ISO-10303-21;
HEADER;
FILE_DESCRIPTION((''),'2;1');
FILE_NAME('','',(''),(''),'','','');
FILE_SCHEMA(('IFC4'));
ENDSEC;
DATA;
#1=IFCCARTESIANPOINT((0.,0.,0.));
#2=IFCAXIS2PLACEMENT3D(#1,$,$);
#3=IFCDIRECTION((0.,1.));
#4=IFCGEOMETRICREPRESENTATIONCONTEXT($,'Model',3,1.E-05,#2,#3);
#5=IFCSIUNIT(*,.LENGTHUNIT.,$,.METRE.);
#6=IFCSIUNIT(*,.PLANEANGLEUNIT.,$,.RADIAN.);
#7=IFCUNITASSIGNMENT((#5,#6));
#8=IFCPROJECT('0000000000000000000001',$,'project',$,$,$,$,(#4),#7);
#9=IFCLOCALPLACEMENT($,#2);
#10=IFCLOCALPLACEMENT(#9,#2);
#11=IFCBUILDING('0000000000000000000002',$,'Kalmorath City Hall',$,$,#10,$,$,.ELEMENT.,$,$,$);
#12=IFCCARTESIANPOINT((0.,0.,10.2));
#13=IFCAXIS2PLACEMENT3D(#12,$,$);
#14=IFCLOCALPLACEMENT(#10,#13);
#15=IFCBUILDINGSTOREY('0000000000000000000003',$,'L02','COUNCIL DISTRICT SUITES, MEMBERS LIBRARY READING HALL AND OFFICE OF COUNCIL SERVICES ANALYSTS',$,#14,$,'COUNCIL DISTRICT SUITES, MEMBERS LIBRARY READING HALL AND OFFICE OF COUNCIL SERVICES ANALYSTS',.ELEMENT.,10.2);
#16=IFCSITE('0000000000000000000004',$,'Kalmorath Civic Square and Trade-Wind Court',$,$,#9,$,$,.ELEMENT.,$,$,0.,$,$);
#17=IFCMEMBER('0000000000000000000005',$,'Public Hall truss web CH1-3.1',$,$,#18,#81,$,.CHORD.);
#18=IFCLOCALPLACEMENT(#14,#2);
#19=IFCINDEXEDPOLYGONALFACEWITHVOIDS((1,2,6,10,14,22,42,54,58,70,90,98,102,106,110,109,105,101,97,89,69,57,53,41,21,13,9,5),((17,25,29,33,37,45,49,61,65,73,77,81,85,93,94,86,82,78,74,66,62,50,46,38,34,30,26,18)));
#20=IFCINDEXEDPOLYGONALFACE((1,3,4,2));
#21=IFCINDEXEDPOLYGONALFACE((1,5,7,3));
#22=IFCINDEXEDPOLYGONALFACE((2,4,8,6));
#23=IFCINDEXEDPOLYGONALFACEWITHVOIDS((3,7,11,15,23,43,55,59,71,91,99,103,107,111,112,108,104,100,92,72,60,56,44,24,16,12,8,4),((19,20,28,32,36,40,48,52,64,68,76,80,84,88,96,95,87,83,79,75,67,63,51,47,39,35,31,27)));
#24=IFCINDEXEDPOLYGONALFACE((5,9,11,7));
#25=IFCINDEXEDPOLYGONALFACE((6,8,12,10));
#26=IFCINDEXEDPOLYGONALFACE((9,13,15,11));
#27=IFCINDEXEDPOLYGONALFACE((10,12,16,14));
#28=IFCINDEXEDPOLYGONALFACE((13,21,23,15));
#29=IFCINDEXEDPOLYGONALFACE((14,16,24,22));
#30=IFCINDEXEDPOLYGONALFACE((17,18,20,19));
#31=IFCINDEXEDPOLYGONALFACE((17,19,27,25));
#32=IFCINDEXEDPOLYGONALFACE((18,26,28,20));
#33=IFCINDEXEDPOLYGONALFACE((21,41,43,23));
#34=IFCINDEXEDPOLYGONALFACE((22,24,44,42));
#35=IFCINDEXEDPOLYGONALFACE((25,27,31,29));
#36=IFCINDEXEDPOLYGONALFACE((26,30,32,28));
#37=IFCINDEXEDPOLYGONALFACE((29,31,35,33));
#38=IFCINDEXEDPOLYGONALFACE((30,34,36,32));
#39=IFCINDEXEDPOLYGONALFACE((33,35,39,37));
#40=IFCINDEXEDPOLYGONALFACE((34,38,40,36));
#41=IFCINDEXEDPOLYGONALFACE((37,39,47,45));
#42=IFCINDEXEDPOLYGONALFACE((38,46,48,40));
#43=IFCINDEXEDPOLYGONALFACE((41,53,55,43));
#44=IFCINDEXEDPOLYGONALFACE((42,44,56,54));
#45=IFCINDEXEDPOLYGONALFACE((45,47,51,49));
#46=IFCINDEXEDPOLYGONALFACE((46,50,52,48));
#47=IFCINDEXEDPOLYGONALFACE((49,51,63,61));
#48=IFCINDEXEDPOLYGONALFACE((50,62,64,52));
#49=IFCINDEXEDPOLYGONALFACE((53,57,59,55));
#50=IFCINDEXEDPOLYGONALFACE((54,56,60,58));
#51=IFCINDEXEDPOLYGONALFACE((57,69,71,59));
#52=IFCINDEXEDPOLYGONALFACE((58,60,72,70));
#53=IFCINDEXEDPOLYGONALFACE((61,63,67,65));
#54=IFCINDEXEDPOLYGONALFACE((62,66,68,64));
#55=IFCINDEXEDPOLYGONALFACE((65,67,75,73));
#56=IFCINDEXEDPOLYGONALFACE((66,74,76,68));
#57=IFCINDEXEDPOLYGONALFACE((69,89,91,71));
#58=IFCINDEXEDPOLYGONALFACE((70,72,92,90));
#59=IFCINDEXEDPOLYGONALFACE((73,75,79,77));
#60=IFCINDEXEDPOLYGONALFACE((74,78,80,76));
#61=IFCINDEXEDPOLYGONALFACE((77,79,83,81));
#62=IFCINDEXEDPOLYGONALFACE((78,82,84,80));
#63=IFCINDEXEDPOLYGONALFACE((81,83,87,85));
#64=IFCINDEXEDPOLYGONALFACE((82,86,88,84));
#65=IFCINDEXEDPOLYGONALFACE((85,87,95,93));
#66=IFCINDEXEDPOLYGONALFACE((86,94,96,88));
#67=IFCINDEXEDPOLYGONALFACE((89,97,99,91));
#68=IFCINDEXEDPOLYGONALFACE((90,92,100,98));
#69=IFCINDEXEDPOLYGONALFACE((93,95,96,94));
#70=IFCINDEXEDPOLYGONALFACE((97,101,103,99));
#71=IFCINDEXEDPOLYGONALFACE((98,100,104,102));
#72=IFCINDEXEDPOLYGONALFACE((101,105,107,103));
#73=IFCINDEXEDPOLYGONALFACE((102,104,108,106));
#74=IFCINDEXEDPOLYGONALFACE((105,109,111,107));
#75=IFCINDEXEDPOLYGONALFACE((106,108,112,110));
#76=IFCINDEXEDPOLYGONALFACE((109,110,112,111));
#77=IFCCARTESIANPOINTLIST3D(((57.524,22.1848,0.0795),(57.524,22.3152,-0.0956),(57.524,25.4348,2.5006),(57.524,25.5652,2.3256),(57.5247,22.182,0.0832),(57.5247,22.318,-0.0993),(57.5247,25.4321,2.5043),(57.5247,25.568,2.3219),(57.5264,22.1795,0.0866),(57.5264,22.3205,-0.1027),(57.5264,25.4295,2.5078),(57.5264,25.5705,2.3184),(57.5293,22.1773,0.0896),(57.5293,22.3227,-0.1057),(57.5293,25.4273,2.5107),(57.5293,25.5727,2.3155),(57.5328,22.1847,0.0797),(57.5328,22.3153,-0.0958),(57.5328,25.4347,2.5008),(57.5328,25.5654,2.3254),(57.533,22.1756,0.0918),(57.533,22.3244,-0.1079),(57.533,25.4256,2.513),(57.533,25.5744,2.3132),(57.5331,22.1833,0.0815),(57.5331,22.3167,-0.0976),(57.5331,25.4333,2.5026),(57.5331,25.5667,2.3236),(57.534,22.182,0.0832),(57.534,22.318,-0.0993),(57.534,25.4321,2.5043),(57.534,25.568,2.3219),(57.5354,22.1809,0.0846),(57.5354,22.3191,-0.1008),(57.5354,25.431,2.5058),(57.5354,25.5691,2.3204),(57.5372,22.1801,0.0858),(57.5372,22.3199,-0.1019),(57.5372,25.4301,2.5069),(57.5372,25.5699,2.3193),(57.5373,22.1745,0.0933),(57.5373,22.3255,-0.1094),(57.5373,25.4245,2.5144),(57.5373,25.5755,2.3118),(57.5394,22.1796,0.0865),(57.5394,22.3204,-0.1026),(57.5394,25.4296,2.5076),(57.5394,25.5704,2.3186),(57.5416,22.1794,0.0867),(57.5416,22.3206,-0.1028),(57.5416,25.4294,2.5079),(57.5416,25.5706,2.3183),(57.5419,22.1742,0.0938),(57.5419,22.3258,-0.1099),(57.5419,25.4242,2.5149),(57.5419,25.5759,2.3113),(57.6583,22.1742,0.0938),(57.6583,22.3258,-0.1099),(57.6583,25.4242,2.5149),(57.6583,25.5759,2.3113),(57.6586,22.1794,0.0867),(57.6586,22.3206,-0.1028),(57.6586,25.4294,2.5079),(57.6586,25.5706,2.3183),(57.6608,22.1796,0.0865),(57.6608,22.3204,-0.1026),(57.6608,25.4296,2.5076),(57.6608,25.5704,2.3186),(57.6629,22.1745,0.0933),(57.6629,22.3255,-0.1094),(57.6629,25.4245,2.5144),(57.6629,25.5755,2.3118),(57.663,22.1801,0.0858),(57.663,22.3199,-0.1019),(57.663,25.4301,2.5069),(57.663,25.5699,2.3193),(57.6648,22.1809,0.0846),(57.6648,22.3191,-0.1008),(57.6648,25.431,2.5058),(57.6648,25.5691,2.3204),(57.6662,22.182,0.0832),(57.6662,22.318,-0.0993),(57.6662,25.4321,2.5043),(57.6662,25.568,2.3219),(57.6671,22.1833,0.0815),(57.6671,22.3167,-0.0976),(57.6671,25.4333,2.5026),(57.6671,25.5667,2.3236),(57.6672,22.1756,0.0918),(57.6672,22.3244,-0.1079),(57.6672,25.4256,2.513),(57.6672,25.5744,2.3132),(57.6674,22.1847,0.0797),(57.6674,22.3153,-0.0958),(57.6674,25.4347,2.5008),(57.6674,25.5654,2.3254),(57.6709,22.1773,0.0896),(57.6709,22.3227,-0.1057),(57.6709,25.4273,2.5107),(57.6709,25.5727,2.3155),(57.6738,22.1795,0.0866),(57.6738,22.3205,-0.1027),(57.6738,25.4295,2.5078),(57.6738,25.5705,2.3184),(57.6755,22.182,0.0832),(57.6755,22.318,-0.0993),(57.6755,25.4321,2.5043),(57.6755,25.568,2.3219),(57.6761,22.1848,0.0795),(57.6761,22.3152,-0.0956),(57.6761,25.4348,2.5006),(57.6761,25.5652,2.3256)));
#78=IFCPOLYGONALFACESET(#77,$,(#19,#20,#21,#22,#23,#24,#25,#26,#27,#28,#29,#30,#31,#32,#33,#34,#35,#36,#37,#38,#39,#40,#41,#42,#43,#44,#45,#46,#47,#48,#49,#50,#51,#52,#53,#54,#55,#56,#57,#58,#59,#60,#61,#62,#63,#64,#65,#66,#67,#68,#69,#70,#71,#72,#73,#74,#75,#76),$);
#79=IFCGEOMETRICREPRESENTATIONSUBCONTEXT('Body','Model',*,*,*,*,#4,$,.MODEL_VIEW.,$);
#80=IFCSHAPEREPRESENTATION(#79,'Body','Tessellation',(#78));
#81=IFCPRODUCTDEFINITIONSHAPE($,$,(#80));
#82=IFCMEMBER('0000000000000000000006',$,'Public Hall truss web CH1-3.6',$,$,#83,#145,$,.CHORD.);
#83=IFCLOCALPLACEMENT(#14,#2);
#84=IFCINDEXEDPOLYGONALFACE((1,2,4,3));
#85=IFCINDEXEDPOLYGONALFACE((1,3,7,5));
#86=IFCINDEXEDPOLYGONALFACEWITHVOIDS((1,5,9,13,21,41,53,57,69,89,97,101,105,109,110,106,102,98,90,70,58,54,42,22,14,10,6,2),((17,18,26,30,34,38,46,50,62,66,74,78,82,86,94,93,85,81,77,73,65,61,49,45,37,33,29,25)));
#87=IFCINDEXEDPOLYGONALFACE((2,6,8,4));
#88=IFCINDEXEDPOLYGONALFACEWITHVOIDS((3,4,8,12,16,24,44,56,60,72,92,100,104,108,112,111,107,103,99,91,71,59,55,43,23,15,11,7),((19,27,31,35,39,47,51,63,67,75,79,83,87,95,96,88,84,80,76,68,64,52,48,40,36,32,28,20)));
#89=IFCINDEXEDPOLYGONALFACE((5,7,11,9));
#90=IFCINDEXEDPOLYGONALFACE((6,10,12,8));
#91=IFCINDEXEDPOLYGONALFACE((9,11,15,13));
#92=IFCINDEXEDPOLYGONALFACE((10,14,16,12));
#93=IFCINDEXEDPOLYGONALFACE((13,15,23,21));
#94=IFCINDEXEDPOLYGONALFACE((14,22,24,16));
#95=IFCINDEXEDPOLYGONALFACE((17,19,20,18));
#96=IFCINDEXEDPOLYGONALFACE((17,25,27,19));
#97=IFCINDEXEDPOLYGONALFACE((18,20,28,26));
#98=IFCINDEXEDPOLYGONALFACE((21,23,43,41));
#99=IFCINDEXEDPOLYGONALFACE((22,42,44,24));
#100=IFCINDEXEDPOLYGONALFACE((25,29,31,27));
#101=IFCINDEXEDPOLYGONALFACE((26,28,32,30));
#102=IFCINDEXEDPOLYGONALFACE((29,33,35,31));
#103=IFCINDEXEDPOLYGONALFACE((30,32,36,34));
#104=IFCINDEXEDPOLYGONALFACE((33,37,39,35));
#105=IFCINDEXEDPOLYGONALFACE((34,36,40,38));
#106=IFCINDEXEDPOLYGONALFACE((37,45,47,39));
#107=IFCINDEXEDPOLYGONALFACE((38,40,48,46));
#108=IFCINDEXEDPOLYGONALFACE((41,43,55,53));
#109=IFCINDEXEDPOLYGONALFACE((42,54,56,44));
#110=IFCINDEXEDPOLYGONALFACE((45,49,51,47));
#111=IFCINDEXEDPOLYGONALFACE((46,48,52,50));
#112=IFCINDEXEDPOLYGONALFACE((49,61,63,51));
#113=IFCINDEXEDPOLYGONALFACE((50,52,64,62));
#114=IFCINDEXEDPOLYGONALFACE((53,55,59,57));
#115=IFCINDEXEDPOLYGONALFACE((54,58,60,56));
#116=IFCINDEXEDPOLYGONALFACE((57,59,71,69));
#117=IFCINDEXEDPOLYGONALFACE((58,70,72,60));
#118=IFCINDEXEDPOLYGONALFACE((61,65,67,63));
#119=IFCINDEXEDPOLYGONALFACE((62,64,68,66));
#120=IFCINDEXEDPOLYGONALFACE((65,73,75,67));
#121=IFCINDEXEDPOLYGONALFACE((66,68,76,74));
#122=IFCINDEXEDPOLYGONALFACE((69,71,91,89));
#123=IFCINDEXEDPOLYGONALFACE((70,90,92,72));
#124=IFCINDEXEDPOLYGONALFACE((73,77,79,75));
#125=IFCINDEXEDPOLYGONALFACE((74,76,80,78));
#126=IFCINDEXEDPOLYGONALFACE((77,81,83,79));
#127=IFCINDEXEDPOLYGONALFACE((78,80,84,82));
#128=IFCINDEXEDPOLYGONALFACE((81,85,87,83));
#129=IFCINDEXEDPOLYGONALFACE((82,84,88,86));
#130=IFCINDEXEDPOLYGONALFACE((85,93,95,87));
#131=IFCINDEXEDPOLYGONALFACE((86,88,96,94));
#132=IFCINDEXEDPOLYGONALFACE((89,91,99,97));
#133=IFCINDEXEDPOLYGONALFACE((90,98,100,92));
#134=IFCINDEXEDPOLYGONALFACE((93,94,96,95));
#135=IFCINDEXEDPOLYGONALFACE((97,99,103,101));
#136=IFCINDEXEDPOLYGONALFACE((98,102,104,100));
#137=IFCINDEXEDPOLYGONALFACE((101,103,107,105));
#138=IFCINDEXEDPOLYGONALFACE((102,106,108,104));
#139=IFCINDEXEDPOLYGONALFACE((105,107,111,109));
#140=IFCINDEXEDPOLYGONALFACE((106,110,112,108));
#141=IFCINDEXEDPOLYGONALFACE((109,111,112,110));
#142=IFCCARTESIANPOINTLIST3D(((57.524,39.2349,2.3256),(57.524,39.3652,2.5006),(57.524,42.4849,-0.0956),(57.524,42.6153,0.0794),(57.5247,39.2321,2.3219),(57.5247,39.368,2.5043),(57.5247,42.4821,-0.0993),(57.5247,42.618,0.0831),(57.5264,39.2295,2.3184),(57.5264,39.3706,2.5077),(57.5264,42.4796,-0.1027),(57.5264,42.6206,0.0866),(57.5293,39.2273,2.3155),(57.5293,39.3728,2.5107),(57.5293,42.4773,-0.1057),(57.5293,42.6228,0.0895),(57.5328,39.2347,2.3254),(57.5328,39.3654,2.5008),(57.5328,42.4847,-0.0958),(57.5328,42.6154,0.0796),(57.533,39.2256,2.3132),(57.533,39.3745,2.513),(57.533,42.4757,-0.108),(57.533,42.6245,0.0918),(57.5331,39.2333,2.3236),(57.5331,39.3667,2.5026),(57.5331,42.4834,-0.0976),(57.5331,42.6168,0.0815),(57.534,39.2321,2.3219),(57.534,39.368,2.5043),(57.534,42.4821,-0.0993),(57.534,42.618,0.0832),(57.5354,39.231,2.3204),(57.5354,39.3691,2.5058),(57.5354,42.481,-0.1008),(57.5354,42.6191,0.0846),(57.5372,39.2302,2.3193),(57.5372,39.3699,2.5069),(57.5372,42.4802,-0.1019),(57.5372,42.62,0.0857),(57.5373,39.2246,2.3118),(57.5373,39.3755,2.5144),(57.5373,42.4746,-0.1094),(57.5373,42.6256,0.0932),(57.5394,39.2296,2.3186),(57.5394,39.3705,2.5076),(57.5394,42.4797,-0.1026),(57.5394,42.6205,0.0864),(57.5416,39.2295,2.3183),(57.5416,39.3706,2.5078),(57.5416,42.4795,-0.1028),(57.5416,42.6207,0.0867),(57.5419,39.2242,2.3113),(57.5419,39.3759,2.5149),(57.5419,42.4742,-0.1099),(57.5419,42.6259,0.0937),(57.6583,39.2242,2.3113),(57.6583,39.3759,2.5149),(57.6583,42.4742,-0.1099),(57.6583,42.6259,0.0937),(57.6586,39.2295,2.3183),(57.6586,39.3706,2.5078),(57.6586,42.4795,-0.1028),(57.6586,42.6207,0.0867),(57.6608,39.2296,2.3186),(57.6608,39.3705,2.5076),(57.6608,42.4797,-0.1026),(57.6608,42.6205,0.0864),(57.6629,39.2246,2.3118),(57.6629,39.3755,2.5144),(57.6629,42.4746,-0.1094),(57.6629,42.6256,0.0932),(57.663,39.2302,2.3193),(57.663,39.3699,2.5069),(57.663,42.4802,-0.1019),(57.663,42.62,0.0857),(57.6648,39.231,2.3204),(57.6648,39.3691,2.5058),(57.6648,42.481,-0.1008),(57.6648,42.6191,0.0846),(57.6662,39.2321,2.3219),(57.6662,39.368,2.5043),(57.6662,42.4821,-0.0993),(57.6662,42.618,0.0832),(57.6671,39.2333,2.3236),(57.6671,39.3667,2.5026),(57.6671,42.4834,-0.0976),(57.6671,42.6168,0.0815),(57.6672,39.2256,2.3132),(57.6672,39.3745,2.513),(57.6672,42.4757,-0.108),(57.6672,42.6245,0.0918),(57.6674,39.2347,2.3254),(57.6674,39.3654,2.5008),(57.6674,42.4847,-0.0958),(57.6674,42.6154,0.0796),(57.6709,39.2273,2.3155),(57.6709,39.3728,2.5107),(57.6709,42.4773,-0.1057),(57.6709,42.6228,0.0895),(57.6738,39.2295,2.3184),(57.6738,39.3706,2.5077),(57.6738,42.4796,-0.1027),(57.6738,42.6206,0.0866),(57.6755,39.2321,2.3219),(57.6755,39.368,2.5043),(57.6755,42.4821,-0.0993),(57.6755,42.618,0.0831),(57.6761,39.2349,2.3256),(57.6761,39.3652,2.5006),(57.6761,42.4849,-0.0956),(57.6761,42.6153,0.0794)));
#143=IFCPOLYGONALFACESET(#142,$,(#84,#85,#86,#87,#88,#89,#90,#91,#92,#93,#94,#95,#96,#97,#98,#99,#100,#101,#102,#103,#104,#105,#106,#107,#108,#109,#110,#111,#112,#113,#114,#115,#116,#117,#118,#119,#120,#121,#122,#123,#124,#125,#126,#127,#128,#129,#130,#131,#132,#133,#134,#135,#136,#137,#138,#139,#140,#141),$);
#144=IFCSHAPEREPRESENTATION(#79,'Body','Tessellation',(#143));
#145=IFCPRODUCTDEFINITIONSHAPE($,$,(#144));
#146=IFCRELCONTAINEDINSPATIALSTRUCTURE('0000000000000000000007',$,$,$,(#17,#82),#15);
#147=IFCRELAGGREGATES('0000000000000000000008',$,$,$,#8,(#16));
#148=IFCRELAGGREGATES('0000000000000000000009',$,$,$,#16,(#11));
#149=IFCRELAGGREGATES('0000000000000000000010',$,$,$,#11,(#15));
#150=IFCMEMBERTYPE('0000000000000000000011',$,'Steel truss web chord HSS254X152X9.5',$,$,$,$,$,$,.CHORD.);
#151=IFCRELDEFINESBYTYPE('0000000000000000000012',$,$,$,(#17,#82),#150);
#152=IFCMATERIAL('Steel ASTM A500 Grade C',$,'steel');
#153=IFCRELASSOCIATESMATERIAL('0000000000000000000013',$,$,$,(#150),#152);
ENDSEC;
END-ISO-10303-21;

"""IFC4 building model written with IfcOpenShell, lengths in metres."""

from ifc_helpers import new_model, si_unit, direction, frame, origin, origin_2d, place, context, subcontext, project, spatial, hollow_rectangle, extrude, material, material_profile, profile_set, type_object, element, save


model = new_model("IFC4")

# Units and contexts
model_context = context("Model", 3, precision=1e-05, world=origin(), true_north=direction((0.0, 1.0)))
body_context = subcontext(model_context, "Body", "Model", "MODEL_VIEW")
ifc_project = project(units=[si_unit("LENGTHUNIT", "METRE"), si_unit("PLANEANGLEUNIT", "RADIAN")], contexts=[model_context])

# Site, building, storey
site_placement = place(None, origin())
site = spatial("IfcSite", under=ifc_project, at=site_placement, Name="Kalmorath Civic Square and Trade-Wind Court", CompositionType="ELEMENT", RefElevation=0.0)
building_placement = place(site_placement, origin())
building = spatial("IfcBuilding", under=site, at=building_placement, Name="Kalmorath City Hall", CompositionType="ELEMENT")
storey_placement = place(building_placement, frame((0.0, 0.0, 10.2)))
storey = spatial("IfcBuildingStorey", under=building, at=storey_placement, Name="L02", Description="COUNCIL DISTRICT SUITES, MEMBERS LIBRARY READING HALL AND OFFICE OF COUNCIL SERVICES ANALYSTS", LongName="COUNCIL DISTRICT SUITES, MEMBERS LIBRARY READING HALL AND OFFICE OF COUNCIL SERVICES ANALYSTS", CompositionType="ELEMENT", Elevation=10.2)

# Members
ifc_material_1 = material(Name="Steel ASTM A500 Grade C", Category="steel")
ifc_material_profile_1 = material_profile(ifc_material_1, hollow_rectangle(XDim=0.1521, YDim=0.2539, WallThickness=0.0088, InnerFilletRadius=0.0088, OuterFilletRadius=0.0178, at=origin_2d()), Name="HSS254X152X9.5")
ifc_profile_set_1 = profile_set([ifc_material_profile_1], Name="Steel ASTM A500 Grade C")
member_type_1 = type_object("IfcMemberType", Name="Steel truss web chord HSS254X152X9.5", PredefinedType="CHORD", material=ifc_profile_set_1)
for number, where, z_axis, x_axis, name in (
    (1, (57.6001, 22.25, -0.0081), (0.0, 0.801933, 0.597414), (-1.0, 0.0, 0.0), "Public Hall truss web CH1-3.1"),
    (2, (57.6001, 39.3, 2.4131), (0.0, 0.801933, -0.597414), (-1.0, 0.0, 0.0), "Public Hall truss web CH1-3.6"),
):
    element("IfcMember", number, at=place(storey_placement, frame(where, z_axis=z_axis, x_axis=x_axis)), inside=storey, type_object=member_type_1, Name=name, PredefinedType="CHORD", context=body_context, shape_type="SweptSolid", body=[
        extrude(hollow_rectangle(XDim=0.1521, YDim=0.2539, WallThickness=0.0088, InnerFilletRadius=0.0088, OuterFilletRadius=0.0178, at=origin_2d()), origin(), (0.0, 0.0, 1.0), 4.0527),
    ])

save(model, "model.ifc")
